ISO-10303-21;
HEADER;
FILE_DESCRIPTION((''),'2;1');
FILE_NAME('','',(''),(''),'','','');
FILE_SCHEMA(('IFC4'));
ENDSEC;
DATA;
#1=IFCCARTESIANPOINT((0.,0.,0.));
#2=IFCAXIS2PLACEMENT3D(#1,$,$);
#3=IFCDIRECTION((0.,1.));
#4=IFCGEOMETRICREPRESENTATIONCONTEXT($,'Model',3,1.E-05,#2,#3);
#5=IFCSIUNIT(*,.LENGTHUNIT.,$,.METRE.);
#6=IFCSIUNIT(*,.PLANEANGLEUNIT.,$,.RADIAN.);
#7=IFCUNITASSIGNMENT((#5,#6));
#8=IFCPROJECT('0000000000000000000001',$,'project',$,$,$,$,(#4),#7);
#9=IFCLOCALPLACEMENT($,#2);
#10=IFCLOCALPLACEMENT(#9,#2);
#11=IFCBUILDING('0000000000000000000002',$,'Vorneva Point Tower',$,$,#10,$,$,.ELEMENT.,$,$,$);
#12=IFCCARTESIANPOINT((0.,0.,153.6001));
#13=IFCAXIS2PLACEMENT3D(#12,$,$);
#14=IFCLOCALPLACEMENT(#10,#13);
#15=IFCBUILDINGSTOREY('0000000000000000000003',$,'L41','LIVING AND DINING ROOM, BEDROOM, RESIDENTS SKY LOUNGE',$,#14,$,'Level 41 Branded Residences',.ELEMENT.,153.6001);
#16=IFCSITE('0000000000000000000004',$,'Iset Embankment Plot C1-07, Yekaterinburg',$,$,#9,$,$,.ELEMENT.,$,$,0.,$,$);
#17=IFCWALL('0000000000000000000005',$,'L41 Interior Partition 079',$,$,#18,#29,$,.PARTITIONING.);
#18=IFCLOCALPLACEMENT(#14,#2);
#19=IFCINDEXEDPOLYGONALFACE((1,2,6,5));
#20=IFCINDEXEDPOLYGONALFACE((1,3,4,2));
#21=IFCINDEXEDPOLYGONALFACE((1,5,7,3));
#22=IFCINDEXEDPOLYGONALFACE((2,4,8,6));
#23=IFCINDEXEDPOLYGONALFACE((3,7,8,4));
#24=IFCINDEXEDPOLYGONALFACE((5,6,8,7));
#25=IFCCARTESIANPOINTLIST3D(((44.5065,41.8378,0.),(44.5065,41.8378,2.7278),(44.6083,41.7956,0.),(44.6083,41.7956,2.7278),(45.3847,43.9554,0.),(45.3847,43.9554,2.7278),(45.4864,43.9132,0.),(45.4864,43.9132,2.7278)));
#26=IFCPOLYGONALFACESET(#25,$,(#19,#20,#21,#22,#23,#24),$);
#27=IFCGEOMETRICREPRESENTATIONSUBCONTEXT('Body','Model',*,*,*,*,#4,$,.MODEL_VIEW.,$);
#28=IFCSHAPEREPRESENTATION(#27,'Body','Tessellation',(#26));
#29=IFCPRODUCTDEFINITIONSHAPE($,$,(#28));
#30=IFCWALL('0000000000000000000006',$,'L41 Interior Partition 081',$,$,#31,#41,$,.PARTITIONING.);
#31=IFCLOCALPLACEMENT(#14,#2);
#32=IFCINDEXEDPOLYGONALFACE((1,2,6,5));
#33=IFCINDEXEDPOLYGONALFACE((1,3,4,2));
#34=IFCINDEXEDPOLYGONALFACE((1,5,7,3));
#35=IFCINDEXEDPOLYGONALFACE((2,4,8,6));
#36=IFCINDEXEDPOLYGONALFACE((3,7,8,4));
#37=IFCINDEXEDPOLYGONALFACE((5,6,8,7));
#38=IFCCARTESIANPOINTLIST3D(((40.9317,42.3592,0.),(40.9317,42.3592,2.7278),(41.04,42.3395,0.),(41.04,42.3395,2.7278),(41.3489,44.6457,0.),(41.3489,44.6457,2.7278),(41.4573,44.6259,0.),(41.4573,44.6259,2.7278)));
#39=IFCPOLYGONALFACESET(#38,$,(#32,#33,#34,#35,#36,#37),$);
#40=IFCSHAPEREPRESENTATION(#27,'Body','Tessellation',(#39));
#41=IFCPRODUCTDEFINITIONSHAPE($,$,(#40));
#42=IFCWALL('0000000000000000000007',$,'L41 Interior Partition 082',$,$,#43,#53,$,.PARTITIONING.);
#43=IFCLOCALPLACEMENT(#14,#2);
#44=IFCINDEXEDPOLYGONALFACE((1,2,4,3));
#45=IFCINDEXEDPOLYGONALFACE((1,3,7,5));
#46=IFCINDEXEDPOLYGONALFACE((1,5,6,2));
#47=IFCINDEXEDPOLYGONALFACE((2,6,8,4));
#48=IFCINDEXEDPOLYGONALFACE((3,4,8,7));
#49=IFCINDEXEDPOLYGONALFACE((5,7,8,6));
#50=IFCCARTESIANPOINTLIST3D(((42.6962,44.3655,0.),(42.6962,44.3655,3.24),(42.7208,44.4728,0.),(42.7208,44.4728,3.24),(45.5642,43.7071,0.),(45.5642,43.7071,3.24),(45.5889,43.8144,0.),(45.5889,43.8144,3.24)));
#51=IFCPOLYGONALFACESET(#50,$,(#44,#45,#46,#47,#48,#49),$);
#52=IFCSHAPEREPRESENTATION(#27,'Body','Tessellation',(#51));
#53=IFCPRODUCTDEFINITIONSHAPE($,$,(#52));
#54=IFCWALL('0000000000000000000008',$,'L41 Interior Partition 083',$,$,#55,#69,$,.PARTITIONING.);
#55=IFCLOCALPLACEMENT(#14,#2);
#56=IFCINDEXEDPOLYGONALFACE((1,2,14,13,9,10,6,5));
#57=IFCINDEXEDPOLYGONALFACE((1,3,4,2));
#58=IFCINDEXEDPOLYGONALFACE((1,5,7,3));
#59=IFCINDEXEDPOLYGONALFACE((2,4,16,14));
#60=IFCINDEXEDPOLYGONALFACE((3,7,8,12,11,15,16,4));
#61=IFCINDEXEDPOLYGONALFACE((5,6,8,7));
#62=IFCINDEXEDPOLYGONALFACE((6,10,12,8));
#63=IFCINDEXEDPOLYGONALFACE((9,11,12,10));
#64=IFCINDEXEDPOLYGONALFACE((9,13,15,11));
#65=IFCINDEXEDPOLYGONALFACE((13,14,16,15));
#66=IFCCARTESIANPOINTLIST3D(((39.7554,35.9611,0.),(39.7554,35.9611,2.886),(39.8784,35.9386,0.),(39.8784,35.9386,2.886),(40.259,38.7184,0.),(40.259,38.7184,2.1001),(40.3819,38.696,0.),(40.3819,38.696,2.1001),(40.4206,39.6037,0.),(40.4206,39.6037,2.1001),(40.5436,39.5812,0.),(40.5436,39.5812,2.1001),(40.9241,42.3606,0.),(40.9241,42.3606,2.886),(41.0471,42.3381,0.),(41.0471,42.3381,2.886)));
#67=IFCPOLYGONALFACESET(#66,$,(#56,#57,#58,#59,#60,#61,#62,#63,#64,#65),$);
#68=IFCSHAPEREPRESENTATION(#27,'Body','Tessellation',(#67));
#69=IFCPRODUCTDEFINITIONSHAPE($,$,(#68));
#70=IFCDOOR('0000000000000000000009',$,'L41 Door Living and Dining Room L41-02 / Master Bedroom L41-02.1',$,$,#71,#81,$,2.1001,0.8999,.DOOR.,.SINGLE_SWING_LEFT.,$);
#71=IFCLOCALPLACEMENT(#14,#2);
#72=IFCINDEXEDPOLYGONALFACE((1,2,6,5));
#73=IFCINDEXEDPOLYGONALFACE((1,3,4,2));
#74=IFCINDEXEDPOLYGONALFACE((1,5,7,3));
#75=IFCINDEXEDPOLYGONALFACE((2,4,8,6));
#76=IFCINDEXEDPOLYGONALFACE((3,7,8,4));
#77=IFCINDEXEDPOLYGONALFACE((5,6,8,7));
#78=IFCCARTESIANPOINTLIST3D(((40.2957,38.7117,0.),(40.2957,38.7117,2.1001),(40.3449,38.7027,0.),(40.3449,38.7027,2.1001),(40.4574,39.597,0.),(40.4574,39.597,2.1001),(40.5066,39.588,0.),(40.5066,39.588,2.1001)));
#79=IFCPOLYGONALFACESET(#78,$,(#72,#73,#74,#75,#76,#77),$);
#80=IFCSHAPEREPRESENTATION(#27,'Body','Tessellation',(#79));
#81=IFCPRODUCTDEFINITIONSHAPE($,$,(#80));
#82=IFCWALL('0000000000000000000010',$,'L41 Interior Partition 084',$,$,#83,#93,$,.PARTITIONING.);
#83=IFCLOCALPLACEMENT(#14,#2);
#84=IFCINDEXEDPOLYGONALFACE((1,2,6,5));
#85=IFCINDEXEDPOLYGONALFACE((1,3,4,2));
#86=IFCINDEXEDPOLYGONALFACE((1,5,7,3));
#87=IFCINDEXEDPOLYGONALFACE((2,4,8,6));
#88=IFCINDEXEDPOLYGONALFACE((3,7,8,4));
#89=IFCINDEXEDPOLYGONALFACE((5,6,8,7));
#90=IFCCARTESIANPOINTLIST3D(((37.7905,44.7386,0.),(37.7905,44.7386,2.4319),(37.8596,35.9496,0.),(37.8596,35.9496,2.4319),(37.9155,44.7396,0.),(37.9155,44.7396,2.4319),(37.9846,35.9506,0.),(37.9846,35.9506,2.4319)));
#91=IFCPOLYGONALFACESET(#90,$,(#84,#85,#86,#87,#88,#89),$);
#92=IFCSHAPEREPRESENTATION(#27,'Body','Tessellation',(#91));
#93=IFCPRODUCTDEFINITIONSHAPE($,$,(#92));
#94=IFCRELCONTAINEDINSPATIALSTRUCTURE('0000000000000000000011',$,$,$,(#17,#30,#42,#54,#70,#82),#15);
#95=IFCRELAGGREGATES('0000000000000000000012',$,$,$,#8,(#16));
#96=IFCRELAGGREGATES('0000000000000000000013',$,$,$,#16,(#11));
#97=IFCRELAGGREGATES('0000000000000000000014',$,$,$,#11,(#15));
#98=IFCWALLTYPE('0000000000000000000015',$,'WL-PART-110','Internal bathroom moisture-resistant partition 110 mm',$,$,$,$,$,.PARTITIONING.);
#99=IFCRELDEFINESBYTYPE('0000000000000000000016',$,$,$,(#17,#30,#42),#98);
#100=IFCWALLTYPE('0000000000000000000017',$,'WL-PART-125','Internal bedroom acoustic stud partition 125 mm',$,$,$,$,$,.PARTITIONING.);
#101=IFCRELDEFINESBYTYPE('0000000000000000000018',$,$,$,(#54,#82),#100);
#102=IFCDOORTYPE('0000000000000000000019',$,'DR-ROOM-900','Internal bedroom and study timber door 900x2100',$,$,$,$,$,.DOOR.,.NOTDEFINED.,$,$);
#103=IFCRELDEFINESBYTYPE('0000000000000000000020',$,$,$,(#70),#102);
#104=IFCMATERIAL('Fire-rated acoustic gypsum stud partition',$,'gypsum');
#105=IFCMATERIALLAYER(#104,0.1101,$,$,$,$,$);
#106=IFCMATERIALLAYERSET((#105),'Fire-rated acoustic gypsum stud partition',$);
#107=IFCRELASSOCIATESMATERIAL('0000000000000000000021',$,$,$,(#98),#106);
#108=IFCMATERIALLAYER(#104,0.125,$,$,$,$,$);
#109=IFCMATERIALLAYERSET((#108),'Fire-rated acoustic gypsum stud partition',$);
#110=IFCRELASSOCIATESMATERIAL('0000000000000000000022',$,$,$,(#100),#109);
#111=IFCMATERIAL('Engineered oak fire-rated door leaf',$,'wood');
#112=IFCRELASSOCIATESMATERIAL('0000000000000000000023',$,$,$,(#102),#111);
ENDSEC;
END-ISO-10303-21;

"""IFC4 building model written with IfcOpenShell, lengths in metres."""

from ifc_helpers import new_model, si_unit, direction, frame, frame_2d, origin, place, context, subcontext, project, spatial, rectangle, extrude, material, layer, layer_set, type_object, element, fill, save


model = new_model("IFC4")

# Units and contexts
model_context = context("Model", 3, precision=1e-05, world=origin(), true_north=direction((0.0, 1.0)))
body_context = subcontext(model_context, "Body", "Model", "MODEL_VIEW")
ifc_project = project(units=[si_unit("LENGTHUNIT", "METRE"), si_unit("PLANEANGLEUNIT", "RADIAN")], contexts=[model_context])

# Site, building, storey
site_placement = place(None, origin())
site = spatial("IfcSite", under=ifc_project, at=site_placement, Name="Iset Embankment Plot C1-07, Yekaterinburg", CompositionType="ELEMENT", RefElevation=0.0)
building_placement = place(site_placement, origin())
building = spatial("IfcBuilding", under=site, at=building_placement, Name="Vorneva Point Tower", CompositionType="ELEMENT")
storey_placement = place(building_placement, frame((0.0, 0.0, 153.6001)))
storey = spatial("IfcBuildingStorey", under=building, at=storey_placement, Name="L41", Description="LIVING AND DINING ROOM, BEDROOM, RESIDENTS SKY LOUNGE", LongName="Level 41 Branded Residences", CompositionType="ELEMENT", Elevation=153.6001)

# Walls
ifc_material_1 = material(Name="Fire-rated acoustic gypsum stud partition", Category="gypsum")
ifc_layer_1 = layer(ifc_material_1, 0.1101)
ifc_layer_set_1 = layer_set([ifc_layer_1], Name="Fire-rated acoustic gypsum stud partition")
wall_type_1 = type_object("IfcWallType", Name="WL-PART-110", Description="Internal bathroom moisture-resistant partition 110 mm", PredefinedType="PARTITIONING", material=ifc_layer_set_1)
wall_1_placement = place(storey_placement, frame((45.4355, 43.9343, 0.0), z_axis=(0.0, 0.0, 1.0), x_axis=(-0.383057, -0.923725, 0.0)))
element("IfcWall", 1, at=wall_1_placement, inside=storey, type_object=wall_type_1, Name="L41 Interior Partition 079", PredefinedType="PARTITIONING", context=body_context, shape_type="SweptSolid", body=[
    extrude(rectangle(XDim=2.2925, YDim=0.1101, at=frame_2d((1.1462, 0.0))), origin(), (0.0, 0.0, 1.0), 2.7278),
])
wall_2_placement = place(storey_placement, frame((40.9858, 42.3494, 0.0), z_axis=(0.0, 0.0, 1.0), x_axis=(0.179523, 0.983754, 0.0)))
element("IfcWall", 2, at=wall_2_placement, inside=storey, type_object=wall_type_1, Name="L41 Interior Partition 081", PredefinedType="PARTITIONING", context=body_context, shape_type="SweptSolid", body=[
    extrude(rectangle(XDim=2.3242, YDim=0.1101, at=frame_2d((1.1621, 0.0))), origin(), (0.0, 0.0, 1.0), 2.7278),
])
wall_3_placement = place(storey_placement, frame((45.5764, 43.7607, 0.0), z_axis=(0.0, 0.0, 1.0), x_axis=(-0.974642, 0.223769, 0.0)))
element("IfcWall", 3, at=wall_3_placement, inside=storey, type_object=wall_type_1, Name="L41 Interior Partition 082", PredefinedType="PARTITIONING", context=body_context, shape_type="SweptSolid", body=[
    extrude(rectangle(XDim=2.9426, YDim=0.1101, at=frame_2d((1.4712, 0.0))), origin(), (0.0, 0.0, 1.0), 3.24),
])

# Wall, opening, door
ifc_layer_2 = layer(ifc_material_1, 0.125)
ifc_layer_set_2 = layer_set([ifc_layer_2], Name="Fire-rated acoustic gypsum stud partition")
wall_type_2 = type_object("IfcWallType", Name="WL-PART-125", Description="Internal bedroom acoustic stud partition 125 mm", PredefinedType="PARTITIONING", material=ifc_layer_set_2)
wall_4_placement = place(storey_placement, frame((40.9856, 42.3494, 0.0), z_axis=(0.0, 0.0, 1.0), x_axis=(-0.179655, -0.98373, 0.0)))
wall_4 = element("IfcWall", 4, at=wall_4_placement, inside=storey, type_object=wall_type_2, Name="L41 Interior Partition 083", PredefinedType="PARTITIONING", context=body_context, shape_type="SweptSolid", body=[
    extrude(rectangle(XDim=6.5054, YDim=0.125, at=frame_2d((3.2527, 0.0))), origin(), (0.0, 0.0, 1.0), 2.886),
])
opening_1_placement = place(wall_4_placement, frame((2.8025, 0.0, 0.0)))
opening_1 = element("IfcOpeningElement", 5, at=opening_1_placement, cuts=wall_4, PredefinedType="OPENING", context=body_context, shape_type="SweptSolid", body=[
    extrude(rectangle(XDim=0.8999, YDim=2.1001, at=frame_2d((0.45, 1.05))), frame((0.0, 0.0774, 0.0), z_axis=(0.0, -1.0, 0.0), x_axis=(1.0, 0.0, 0.0)), (0.0, 0.0, 1.0), 0.1548),
])
ifc_material_2 = material(Name="Engineered oak fire-rated door leaf", Category="wood")
door_type_1 = type_object("IfcDoorType", Name="DR-ROOM-900", Description="Internal bedroom and study timber door 900x2100", OperationType="NOTDEFINED", PredefinedType="DOOR", material=ifc_material_2)
door_1_placement = place(opening_1_placement, origin())
door_1 = element("IfcDoor", 6, at=door_1_placement, inside=storey, type_object=door_type_1, Name="L41 Door Living and Dining Room L41-02 / Master Bedroom L41-02.1", OperationType="SINGLE_SWING_LEFT", OverallHeight=2.1001, OverallWidth=0.8999, PredefinedType="DOOR", context=body_context, shape_type="SweptSolid", body=[
    extrude(rectangle(XDim=0.8999, YDim=2.1001, at=frame_2d((0.45, 1.05))), frame((0.0, 0.0249, 0.0), z_axis=(0.0, -1.0, 0.0), x_axis=(1.0, 0.0, 0.0)), (0.0, 0.0, 1.0), 0.05),
])
fill(opening_1, door_1)

# Wall
wall_5_placement = place(storey_placement, frame((37.853, 44.739, 0.0), z_axis=(0.0, 0.0, 1.0), x_axis=(0.007861, -0.999969, 0.0)))
element("IfcWall", 7, at=wall_5_placement, inside=storey, type_object=wall_type_2, Name="L41 Interior Partition 084", PredefinedType="PARTITIONING", context=body_context, shape_type="SweptSolid", body=[
    extrude(rectangle(XDim=8.7893, YDim=0.125, at=frame_2d((4.3945, 0.0))), origin(), (0.0, 0.0, 1.0), 2.4319),
])

save(model, "model.ifc")
